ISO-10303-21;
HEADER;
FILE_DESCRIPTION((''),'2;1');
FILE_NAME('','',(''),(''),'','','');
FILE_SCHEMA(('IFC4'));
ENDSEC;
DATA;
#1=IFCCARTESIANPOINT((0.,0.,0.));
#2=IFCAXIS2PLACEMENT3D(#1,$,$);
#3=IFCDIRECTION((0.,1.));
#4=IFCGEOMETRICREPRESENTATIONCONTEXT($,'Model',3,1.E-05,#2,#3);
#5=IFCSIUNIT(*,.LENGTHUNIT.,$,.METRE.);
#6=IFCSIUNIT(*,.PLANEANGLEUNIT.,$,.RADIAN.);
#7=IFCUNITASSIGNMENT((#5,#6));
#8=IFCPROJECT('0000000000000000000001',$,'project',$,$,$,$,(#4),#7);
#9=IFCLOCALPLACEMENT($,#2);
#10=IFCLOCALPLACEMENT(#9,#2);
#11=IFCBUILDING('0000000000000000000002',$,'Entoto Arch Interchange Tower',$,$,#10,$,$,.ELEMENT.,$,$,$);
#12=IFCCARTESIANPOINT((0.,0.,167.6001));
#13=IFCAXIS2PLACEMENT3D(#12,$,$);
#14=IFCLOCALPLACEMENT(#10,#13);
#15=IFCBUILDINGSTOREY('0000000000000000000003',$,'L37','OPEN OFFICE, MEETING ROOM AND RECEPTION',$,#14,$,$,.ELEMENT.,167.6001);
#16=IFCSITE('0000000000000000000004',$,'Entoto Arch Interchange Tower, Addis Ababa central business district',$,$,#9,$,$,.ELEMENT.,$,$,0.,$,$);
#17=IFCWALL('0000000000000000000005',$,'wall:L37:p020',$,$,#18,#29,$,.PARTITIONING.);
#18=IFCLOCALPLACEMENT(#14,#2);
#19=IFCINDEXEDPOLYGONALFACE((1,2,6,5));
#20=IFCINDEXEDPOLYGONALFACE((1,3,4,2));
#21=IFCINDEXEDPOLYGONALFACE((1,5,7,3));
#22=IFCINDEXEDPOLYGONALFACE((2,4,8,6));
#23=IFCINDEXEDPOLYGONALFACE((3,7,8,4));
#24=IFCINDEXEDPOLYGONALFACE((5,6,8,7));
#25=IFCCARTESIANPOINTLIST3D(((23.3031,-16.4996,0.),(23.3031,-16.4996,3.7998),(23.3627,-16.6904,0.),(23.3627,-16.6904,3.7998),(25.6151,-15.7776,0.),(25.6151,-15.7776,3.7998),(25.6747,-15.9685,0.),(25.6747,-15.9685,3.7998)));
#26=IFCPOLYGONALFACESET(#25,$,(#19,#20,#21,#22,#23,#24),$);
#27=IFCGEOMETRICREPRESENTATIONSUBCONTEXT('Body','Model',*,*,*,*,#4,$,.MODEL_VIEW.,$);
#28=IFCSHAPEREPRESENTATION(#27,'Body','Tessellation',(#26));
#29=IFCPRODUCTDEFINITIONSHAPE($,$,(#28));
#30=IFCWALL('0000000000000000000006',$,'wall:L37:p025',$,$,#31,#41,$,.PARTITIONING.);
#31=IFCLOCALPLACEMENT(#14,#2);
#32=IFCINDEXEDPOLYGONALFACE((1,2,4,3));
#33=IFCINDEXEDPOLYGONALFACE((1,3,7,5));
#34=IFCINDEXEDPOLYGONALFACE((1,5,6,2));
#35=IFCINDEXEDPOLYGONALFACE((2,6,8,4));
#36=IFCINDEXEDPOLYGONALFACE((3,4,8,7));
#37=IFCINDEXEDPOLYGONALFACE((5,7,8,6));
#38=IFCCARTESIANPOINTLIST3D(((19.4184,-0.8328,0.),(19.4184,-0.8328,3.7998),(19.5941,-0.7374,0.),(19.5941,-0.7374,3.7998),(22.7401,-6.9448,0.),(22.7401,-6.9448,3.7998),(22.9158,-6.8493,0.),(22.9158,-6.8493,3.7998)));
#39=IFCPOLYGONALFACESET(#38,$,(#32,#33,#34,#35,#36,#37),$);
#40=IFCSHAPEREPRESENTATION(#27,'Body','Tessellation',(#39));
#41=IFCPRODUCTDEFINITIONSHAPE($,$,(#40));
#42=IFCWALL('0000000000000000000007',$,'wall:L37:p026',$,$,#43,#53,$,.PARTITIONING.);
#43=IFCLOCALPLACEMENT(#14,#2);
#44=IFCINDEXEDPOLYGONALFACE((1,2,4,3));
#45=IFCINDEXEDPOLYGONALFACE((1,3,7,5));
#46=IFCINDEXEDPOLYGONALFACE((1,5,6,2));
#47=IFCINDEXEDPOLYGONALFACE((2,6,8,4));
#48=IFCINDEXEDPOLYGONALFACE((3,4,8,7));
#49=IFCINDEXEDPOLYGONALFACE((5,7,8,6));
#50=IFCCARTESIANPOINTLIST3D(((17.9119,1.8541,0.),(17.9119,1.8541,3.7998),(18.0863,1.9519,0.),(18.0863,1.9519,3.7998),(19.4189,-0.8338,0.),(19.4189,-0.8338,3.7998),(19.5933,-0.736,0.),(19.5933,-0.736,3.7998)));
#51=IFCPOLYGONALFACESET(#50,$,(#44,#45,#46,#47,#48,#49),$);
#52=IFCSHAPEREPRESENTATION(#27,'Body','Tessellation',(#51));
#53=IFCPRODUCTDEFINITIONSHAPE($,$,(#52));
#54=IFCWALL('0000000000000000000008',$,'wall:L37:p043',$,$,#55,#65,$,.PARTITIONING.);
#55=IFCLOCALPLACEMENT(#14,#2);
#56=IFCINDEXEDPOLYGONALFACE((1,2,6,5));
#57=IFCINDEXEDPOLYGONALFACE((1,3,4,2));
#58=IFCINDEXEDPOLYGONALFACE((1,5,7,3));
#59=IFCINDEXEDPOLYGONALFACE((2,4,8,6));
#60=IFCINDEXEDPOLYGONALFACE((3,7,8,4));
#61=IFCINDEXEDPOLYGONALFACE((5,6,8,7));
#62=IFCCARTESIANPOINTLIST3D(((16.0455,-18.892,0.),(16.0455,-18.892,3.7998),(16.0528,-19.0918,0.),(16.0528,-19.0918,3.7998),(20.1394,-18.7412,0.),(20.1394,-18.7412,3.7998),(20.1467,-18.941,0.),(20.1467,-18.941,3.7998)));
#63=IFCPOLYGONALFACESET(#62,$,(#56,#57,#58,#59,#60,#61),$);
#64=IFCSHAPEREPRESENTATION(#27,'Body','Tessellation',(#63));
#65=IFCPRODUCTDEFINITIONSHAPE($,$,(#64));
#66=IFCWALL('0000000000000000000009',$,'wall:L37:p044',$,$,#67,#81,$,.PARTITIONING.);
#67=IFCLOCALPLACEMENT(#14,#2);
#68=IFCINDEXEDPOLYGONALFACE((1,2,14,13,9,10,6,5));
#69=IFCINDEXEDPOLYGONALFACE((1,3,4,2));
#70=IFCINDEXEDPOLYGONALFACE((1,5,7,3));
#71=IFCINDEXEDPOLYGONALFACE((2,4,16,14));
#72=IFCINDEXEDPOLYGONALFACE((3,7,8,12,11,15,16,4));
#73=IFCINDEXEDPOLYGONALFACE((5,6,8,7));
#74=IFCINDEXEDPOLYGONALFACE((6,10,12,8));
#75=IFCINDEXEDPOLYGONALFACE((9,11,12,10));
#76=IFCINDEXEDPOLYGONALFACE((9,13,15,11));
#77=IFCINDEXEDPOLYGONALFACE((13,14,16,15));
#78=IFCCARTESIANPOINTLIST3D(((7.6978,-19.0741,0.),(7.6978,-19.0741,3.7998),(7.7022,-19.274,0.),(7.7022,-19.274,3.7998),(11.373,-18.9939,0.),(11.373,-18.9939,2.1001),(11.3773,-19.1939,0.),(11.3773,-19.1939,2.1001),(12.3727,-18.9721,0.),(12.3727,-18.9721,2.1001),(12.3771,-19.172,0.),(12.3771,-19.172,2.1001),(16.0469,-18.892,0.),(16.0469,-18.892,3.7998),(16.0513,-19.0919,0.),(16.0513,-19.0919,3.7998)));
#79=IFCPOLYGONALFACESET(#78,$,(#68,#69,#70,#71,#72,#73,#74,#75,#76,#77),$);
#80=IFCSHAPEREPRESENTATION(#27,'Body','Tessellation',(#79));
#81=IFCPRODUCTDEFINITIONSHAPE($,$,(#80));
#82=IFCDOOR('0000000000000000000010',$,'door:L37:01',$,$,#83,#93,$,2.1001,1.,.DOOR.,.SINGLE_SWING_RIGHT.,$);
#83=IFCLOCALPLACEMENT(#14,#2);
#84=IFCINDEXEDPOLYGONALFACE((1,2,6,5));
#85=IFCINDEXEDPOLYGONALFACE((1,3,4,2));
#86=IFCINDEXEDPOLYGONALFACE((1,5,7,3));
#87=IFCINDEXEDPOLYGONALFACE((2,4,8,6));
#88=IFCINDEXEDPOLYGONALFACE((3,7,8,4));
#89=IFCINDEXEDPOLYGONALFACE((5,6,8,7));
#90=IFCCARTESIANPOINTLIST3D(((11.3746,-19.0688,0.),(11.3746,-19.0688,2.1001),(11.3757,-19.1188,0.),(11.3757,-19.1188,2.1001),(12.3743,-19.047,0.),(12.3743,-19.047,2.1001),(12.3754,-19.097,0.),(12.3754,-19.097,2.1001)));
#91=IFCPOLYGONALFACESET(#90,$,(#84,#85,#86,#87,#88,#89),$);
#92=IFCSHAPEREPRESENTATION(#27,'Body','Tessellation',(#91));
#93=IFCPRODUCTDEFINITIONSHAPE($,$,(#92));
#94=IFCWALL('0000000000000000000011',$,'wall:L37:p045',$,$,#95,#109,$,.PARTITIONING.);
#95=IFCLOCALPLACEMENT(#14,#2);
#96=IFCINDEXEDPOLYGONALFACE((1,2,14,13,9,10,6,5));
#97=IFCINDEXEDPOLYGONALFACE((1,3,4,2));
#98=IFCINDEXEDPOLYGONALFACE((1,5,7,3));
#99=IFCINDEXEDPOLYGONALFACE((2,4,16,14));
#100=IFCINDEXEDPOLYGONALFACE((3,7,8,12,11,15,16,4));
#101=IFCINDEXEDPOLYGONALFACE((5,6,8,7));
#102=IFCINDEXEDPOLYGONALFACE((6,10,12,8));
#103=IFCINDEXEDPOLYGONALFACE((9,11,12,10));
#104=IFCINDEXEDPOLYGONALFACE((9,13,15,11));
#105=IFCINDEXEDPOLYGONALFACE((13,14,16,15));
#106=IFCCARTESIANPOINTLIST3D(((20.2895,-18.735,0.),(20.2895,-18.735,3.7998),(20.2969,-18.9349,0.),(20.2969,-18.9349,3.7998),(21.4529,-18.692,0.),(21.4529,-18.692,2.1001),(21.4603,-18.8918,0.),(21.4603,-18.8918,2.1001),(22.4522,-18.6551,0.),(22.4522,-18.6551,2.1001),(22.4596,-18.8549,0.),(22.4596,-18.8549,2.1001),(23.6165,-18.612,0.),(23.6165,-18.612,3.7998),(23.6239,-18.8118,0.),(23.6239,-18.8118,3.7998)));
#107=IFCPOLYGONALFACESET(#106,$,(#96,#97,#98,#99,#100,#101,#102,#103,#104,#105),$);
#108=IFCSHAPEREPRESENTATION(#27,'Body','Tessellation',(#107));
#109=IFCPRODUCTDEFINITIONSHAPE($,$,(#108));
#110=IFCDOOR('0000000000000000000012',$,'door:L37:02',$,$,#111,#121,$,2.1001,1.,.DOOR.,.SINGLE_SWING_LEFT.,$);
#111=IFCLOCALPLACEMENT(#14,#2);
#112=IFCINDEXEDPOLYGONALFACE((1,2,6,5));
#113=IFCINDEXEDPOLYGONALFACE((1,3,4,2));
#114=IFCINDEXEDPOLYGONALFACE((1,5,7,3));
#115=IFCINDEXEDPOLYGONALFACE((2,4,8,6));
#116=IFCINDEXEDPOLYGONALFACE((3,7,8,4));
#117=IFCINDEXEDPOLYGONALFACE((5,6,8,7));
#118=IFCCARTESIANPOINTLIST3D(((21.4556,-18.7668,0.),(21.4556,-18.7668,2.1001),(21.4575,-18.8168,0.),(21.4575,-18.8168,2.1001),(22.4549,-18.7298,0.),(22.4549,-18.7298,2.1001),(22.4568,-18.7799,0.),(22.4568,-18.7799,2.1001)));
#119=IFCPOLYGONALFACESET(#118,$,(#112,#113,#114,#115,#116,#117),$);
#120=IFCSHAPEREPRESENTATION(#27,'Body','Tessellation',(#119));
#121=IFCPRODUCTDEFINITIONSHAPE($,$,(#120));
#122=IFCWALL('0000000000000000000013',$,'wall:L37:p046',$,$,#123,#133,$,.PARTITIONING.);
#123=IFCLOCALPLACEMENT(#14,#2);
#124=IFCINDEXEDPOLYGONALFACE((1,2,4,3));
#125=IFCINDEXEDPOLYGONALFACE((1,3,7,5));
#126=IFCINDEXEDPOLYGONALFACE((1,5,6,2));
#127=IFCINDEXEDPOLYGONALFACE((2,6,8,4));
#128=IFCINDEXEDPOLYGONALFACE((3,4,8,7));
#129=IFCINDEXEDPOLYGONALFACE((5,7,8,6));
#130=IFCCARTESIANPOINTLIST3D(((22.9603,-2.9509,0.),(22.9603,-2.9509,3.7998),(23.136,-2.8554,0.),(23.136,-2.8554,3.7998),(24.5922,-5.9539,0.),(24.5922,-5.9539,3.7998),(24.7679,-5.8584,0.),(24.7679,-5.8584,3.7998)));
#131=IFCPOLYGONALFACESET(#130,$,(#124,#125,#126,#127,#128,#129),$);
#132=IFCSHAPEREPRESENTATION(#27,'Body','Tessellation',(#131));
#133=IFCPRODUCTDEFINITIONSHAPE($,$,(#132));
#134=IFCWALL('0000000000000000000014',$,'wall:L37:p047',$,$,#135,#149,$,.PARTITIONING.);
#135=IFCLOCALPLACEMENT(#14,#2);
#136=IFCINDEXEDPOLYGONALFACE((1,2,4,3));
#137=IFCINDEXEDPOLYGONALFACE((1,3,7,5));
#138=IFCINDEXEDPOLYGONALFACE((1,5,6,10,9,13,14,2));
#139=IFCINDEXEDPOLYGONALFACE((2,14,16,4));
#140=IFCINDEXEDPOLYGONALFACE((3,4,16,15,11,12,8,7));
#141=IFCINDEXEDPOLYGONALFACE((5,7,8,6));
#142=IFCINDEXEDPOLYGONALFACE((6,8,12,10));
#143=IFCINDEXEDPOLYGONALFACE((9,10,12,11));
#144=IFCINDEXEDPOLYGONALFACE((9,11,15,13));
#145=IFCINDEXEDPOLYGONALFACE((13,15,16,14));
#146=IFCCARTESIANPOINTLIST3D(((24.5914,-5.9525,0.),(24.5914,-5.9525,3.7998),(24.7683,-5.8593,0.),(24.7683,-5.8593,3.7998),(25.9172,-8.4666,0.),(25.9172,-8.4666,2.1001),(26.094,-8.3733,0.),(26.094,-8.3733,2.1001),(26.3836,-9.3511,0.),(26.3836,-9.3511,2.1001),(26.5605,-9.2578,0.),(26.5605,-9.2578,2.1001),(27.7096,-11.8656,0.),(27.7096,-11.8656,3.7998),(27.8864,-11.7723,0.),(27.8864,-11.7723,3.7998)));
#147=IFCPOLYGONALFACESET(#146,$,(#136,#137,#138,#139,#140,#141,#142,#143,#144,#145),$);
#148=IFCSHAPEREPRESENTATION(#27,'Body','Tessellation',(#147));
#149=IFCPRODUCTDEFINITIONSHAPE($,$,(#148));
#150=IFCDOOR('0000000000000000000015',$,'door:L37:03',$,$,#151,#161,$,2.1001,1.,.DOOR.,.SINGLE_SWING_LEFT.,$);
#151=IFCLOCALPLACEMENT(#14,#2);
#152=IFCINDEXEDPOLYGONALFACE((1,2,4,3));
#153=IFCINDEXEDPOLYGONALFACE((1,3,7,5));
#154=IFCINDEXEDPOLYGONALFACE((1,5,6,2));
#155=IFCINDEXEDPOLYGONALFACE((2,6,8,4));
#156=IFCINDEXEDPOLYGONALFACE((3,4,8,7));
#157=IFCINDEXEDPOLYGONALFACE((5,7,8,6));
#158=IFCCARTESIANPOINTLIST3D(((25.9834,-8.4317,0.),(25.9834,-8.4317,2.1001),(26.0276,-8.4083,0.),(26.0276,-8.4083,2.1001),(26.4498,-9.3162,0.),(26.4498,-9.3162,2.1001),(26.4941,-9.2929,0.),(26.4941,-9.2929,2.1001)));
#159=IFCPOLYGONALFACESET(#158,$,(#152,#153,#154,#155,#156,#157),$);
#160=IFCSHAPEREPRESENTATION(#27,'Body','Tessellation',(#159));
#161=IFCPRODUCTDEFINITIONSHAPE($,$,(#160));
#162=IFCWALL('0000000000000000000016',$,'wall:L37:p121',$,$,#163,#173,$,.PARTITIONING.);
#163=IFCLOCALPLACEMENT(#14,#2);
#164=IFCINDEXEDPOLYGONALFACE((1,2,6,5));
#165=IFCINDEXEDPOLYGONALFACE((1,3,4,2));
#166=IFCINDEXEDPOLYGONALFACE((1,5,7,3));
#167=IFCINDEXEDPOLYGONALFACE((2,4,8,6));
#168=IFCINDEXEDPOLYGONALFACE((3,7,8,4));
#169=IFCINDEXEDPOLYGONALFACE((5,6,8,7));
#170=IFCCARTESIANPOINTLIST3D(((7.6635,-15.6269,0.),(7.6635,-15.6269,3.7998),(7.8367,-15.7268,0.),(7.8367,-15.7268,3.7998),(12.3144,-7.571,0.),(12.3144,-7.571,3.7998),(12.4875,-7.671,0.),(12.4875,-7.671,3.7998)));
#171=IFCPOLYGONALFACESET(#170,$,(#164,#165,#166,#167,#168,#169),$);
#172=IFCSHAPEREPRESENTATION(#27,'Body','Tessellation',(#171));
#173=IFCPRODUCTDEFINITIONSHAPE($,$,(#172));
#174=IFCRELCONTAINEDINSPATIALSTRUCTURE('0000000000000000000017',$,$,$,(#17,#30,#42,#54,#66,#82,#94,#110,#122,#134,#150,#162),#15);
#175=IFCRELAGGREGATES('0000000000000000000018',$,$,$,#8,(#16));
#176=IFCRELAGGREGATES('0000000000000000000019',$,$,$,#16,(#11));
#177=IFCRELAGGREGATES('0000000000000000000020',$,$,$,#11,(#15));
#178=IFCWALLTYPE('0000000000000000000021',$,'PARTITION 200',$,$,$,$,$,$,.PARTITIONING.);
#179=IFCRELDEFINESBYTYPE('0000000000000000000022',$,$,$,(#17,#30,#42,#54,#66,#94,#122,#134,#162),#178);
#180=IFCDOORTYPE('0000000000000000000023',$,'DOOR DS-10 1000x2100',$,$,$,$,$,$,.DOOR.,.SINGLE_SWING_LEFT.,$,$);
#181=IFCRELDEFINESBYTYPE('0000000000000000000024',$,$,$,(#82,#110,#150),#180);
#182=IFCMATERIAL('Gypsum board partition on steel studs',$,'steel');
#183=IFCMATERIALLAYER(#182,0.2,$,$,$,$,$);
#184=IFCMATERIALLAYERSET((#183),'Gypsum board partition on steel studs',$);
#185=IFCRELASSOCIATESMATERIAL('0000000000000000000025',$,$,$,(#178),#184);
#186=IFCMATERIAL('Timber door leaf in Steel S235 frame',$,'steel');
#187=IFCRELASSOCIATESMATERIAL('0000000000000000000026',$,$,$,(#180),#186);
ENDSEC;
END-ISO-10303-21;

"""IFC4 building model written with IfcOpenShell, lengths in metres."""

from ifc_helpers import new_model, si_unit, direction, frame, frame_2d, origin, place, context, subcontext, project, spatial, rectangle, extrude, material, layer, layer_set, type_object, element, fill, save


model = new_model("IFC4")

# Units and contexts
model_context = context("Model", 3, precision=1e-05, world=origin(), true_north=direction((0.0, 1.0)))
body_context = subcontext(model_context, "Body", "Model", "MODEL_VIEW")
ifc_project = project(units=[si_unit("LENGTHUNIT", "METRE"), si_unit("PLANEANGLEUNIT", "RADIAN")], contexts=[model_context])

# Site, building, storey
site_placement = place(None, origin())
site = spatial("IfcSite", under=ifc_project, at=site_placement, Name="Entoto Arch Interchange Tower, Addis Ababa central business district", CompositionType="ELEMENT", RefElevation=0.0)
building_placement = place(site_placement, origin())
building = spatial("IfcBuilding", under=site, at=building_placement, Name="Entoto Arch Interchange Tower", CompositionType="ELEMENT")
storey_placement = place(building_placement, frame((0.0, 0.0, 167.6001)))
storey = spatial("IfcBuildingStorey", under=building, at=storey_placement, Name="L37", Description="OPEN OFFICE, MEETING ROOM AND RECEPTION", CompositionType="ELEMENT", Elevation=167.6001)

# Walls
ifc_material_1 = material(Name="Gypsum board partition on steel studs", Category="steel")
ifc_layer_1 = layer(ifc_material_1, 0.2)
ifc_layer_set_1 = layer_set([ifc_layer_1], Name="Gypsum board partition on steel studs")
wall_type_1 = type_object("IfcWallType", Name="PARTITION 200", PredefinedType="PARTITIONING", material=ifc_layer_set_1)
wall_1_placement = place(storey_placement, frame((23.333, -16.595, 0.0), z_axis=(0.0, 0.0, 1.0), x_axis=(0.954548, 0.298057, 0.0)))
element("IfcWall", 1, at=wall_1_placement, inside=storey, type_object=wall_type_1, Name="wall:L37:p020", PredefinedType="PARTITIONING", context=body_context, shape_type="SweptSolid", body=[
    extrude(rectangle(XDim=2.4221, YDim=0.2, at=frame_2d((1.2109, 0.0))), origin(), (0.0, 0.0, 1.0), 3.7998),
])
wall_2_placement = place(storey_placement, frame((22.8279, -6.897, 0.0), z_axis=(0.0, 0.0, 1.0), x_axis=(-0.477514, 0.878624, 0.0)))
element("IfcWall", 2, at=wall_2_placement, inside=storey, type_object=wall_type_1, Name="wall:L37:p025", PredefinedType="PARTITIONING", context=body_context, shape_type="SweptSolid", body=[
    extrude(rectangle(XDim=6.9563, YDim=0.2, at=frame_2d((3.478, 0.0))), origin(), (0.0, 0.0, 1.0), 3.7998),
])
wall_3_placement = place(storey_placement, frame((19.5061, -0.7849, 0.0), z_axis=(0.0, 0.0, 1.0), x_axis=(-0.48905, 0.872256, 0.0)))
element("IfcWall", 3, at=wall_3_placement, inside=storey, type_object=wall_type_1, Name="wall:L37:p026", PredefinedType="PARTITIONING", context=body_context, shape_type="SweptSolid", body=[
    extrude(rectangle(XDim=3.0815, YDim=0.2, at=frame_2d((1.5408, 0.0))), origin(), (0.0, 0.0, 1.0), 3.7998),
])
wall_4_placement = place(storey_placement, frame((20.1431, -18.8411, 0.0), z_axis=(0.0, 0.0, 1.0), x_axis=(-0.999322, -0.036829, 0.0)))
element("IfcWall", 4, at=wall_4_placement, inside=storey, type_object=wall_type_1, Name="wall:L37:p043", PredefinedType="PARTITIONING", context=body_context, shape_type="SweptSolid", body=[
    extrude(rectangle(XDim=4.0967, YDim=0.2, at=frame_2d((2.0483, 0.0))), origin(), (0.0, 0.0, 1.0), 3.7998),
])

# Walls, openings, doors
wall_5_placement = place(storey_placement, frame((16.0491, -18.9919, 0.0), z_axis=(0.0, 0.0, 1.0), x_axis=(-0.999762, -0.021809, 0.0)))
wall_5 = element("IfcWall", 5, at=wall_5_placement, inside=storey, type_object=wall_type_1, Name="wall:L37:p044", PredefinedType="PARTITIONING", context=body_context, shape_type="SweptSolid", body=[
    extrude(rectangle(XDim=8.3511, YDim=0.2, at=frame_2d((4.1755, 0.0))), origin(), (0.0, 0.0, 1.0), 3.7998),
])
opening_1_placement = place(wall_5_placement, frame((3.675, 0.0, 0.0)))
opening_1 = element("IfcOpeningElement", 6, at=opening_1_placement, cuts=wall_5, PredefinedType="OPENING", context=body_context, shape_type="SweptSolid", body=[
    extrude(rectangle(XDim=1.0, YDim=2.1001, at=frame_2d((0.5, 1.05))), frame((0.0, 0.1099, 0.0), z_axis=(0.0, -1.0, 0.0), x_axis=(1.0, 0.0, 0.0)), (0.0, 0.0, 1.0), 0.22),
])
ifc_material_2 = material(Name="Timber door leaf in Steel S235 frame", Category="steel")
door_type_1 = type_object("IfcDoorType", Name="DOOR DS-10 1000x2100", OperationType="SINGLE_SWING_LEFT", PredefinedType="DOOR", material=ifc_material_2)
door_1_placement = place(opening_1_placement, origin())
door_1 = element("IfcDoor", 7, at=door_1_placement, inside=storey, type_object=door_type_1, Name="door:L37:01", OperationType="SINGLE_SWING_RIGHT", OverallHeight=2.1001, OverallWidth=1.0, PredefinedType="DOOR", context=body_context, shape_type="SweptSolid", body=[
    extrude(rectangle(XDim=1.0, YDim=2.1001, at=frame_2d((0.5, 1.05))), frame((0.0, 0.0249, 0.0), z_axis=(0.0, -1.0, 0.0), x_axis=(1.0, 0.0, 0.0)), (0.0, 0.0, 1.0), 0.05),
])
fill(opening_1, door_1)
wall_6_placement = place(storey_placement, frame((23.6201, -18.7119, 0.0), z_axis=(0.0, 0.0, 1.0), x_axis=(-0.999317, -0.036957, 0.0)))
wall_6 = element("IfcWall", 8, at=wall_6_placement, inside=storey, type_object=wall_type_1, Name="wall:L37:p045", PredefinedType="PARTITIONING", context=body_context, shape_type="SweptSolid", body=[
    extrude(rectangle(XDim=3.3293, YDim=0.2, at=frame_2d((1.6646, 0.0))), origin(), (0.0, 0.0, 1.0), 3.7998),
])
opening_2_placement = place(wall_6_placement, frame((1.165, 0.0, 0.0)))
opening_2 = element("IfcOpeningElement", 9, at=opening_2_placement, cuts=wall_6, PredefinedType="OPENING", context=body_context, shape_type="SweptSolid", body=[
    extrude(rectangle(XDim=1.0, YDim=2.1001, at=frame_2d((0.5, 1.05))), frame((0.0, 0.1099, 0.0), z_axis=(0.0, -1.0, 0.0), x_axis=(1.0, 0.0, 0.0)), (0.0, 0.0, 1.0), 0.22),
])
door_2_placement = place(opening_2_placement, origin())
door_2 = element("IfcDoor", 10, at=door_2_placement, inside=storey, type_object=door_type_1, Name="door:L37:02", OperationType="SINGLE_SWING_LEFT", OverallHeight=2.1001, OverallWidth=1.0, PredefinedType="DOOR", context=body_context, shape_type="SweptSolid", body=[
    extrude(rectangle(XDim=1.0, YDim=2.1001, at=frame_2d((0.5, 1.05))), frame((0.0, 0.0249, 0.0), z_axis=(0.0, -1.0, 0.0), x_axis=(1.0, 0.0, 0.0)), (0.0, 0.0, 1.0), 0.05),
])
fill(opening_2, door_2)

# Wall
wall_7_placement = place(storey_placement, frame((23.0481, -2.9031, 0.0), z_axis=(0.0, 0.0, 1.0), x_axis=(0.47747, -0.878648, 0.0)))
element("IfcWall", 11, at=wall_7_placement, inside=storey, type_object=wall_type_1, Name="wall:L37:p046", PredefinedType="PARTITIONING", context=body_context, shape_type="SweptSolid", body=[
    extrude(rectangle(XDim=3.4177, YDim=0.2, at=frame_2d((1.709, 0.0))), origin(), (0.0, 0.0, 1.0), 3.7998),
])

# Wall, opening, door
wall_8_placement = place(storey_placement, frame((24.6799, -5.906, 0.0), z_axis=(0.0, 0.0, 1.0), x_axis=(0.466451, -0.884547, 0.0)))
wall_8 = element("IfcWall", 12, at=wall_8_placement, inside=storey, type_object=wall_type_1, Name="wall:L37:p047", PredefinedType="PARTITIONING", context=body_context, shape_type="SweptSolid", body=[
    extrude(rectangle(XDim=6.6848, YDim=0.2, at=frame_2d((3.3423, 0.0))), origin(), (0.0, 0.0, 1.0), 3.7998),
])
opening_3_placement = place(wall_8_placement, frame((2.842, 0.0, 0.0)))
opening_3 = element("IfcOpeningElement", 13, at=opening_3_placement, cuts=wall_8, PredefinedType="OPENING", context=body_context, shape_type="SweptSolid", body=[
    extrude(rectangle(XDim=1.0, YDim=2.1001, at=frame_2d((0.5, 1.05))), frame((0.0, 0.1099, 0.0), z_axis=(0.0, -1.0, 0.0), x_axis=(1.0, 0.0, 0.0)), (0.0, 0.0, 1.0), 0.22),
])
door_3_placement = place(opening_3_placement, origin())
door_3 = element("IfcDoor", 14, at=door_3_placement, inside=storey, type_object=door_type_1, Name="door:L37:03", OperationType="SINGLE_SWING_LEFT", OverallHeight=2.1001, OverallWidth=1.0, PredefinedType="DOOR", context=body_context, shape_type="SweptSolid", body=[
    extrude(rectangle(XDim=1.0, YDim=2.1001, at=frame_2d((0.5, 1.05))), frame((0.0, 0.0249, 0.0), z_axis=(0.0, -1.0, 0.0), x_axis=(1.0, 0.0, 0.0)), (0.0, 0.0, 1.0), 0.05),
])
fill(opening_3, door_3)

# Wall
wall_9_placement = place(storey_placement, frame((12.4009, -7.6211, 0.0), z_axis=(0.0, 0.0, 1.0), x_axis=(-0.499984, -0.866035, 0.0)))
element("IfcWall", 15, at=wall_9_placement, inside=storey, type_object=wall_type_1, Name="wall:L37:p121", PredefinedType="PARTITIONING", context=body_context, shape_type="SweptSolid", body=[
    extrude(rectangle(XDim=9.302, YDim=0.2, at=frame_2d((4.6509, 0.0))), origin(), (0.0, 0.0, 1.0), 3.7998),
])

save(model, "model.ifc")
